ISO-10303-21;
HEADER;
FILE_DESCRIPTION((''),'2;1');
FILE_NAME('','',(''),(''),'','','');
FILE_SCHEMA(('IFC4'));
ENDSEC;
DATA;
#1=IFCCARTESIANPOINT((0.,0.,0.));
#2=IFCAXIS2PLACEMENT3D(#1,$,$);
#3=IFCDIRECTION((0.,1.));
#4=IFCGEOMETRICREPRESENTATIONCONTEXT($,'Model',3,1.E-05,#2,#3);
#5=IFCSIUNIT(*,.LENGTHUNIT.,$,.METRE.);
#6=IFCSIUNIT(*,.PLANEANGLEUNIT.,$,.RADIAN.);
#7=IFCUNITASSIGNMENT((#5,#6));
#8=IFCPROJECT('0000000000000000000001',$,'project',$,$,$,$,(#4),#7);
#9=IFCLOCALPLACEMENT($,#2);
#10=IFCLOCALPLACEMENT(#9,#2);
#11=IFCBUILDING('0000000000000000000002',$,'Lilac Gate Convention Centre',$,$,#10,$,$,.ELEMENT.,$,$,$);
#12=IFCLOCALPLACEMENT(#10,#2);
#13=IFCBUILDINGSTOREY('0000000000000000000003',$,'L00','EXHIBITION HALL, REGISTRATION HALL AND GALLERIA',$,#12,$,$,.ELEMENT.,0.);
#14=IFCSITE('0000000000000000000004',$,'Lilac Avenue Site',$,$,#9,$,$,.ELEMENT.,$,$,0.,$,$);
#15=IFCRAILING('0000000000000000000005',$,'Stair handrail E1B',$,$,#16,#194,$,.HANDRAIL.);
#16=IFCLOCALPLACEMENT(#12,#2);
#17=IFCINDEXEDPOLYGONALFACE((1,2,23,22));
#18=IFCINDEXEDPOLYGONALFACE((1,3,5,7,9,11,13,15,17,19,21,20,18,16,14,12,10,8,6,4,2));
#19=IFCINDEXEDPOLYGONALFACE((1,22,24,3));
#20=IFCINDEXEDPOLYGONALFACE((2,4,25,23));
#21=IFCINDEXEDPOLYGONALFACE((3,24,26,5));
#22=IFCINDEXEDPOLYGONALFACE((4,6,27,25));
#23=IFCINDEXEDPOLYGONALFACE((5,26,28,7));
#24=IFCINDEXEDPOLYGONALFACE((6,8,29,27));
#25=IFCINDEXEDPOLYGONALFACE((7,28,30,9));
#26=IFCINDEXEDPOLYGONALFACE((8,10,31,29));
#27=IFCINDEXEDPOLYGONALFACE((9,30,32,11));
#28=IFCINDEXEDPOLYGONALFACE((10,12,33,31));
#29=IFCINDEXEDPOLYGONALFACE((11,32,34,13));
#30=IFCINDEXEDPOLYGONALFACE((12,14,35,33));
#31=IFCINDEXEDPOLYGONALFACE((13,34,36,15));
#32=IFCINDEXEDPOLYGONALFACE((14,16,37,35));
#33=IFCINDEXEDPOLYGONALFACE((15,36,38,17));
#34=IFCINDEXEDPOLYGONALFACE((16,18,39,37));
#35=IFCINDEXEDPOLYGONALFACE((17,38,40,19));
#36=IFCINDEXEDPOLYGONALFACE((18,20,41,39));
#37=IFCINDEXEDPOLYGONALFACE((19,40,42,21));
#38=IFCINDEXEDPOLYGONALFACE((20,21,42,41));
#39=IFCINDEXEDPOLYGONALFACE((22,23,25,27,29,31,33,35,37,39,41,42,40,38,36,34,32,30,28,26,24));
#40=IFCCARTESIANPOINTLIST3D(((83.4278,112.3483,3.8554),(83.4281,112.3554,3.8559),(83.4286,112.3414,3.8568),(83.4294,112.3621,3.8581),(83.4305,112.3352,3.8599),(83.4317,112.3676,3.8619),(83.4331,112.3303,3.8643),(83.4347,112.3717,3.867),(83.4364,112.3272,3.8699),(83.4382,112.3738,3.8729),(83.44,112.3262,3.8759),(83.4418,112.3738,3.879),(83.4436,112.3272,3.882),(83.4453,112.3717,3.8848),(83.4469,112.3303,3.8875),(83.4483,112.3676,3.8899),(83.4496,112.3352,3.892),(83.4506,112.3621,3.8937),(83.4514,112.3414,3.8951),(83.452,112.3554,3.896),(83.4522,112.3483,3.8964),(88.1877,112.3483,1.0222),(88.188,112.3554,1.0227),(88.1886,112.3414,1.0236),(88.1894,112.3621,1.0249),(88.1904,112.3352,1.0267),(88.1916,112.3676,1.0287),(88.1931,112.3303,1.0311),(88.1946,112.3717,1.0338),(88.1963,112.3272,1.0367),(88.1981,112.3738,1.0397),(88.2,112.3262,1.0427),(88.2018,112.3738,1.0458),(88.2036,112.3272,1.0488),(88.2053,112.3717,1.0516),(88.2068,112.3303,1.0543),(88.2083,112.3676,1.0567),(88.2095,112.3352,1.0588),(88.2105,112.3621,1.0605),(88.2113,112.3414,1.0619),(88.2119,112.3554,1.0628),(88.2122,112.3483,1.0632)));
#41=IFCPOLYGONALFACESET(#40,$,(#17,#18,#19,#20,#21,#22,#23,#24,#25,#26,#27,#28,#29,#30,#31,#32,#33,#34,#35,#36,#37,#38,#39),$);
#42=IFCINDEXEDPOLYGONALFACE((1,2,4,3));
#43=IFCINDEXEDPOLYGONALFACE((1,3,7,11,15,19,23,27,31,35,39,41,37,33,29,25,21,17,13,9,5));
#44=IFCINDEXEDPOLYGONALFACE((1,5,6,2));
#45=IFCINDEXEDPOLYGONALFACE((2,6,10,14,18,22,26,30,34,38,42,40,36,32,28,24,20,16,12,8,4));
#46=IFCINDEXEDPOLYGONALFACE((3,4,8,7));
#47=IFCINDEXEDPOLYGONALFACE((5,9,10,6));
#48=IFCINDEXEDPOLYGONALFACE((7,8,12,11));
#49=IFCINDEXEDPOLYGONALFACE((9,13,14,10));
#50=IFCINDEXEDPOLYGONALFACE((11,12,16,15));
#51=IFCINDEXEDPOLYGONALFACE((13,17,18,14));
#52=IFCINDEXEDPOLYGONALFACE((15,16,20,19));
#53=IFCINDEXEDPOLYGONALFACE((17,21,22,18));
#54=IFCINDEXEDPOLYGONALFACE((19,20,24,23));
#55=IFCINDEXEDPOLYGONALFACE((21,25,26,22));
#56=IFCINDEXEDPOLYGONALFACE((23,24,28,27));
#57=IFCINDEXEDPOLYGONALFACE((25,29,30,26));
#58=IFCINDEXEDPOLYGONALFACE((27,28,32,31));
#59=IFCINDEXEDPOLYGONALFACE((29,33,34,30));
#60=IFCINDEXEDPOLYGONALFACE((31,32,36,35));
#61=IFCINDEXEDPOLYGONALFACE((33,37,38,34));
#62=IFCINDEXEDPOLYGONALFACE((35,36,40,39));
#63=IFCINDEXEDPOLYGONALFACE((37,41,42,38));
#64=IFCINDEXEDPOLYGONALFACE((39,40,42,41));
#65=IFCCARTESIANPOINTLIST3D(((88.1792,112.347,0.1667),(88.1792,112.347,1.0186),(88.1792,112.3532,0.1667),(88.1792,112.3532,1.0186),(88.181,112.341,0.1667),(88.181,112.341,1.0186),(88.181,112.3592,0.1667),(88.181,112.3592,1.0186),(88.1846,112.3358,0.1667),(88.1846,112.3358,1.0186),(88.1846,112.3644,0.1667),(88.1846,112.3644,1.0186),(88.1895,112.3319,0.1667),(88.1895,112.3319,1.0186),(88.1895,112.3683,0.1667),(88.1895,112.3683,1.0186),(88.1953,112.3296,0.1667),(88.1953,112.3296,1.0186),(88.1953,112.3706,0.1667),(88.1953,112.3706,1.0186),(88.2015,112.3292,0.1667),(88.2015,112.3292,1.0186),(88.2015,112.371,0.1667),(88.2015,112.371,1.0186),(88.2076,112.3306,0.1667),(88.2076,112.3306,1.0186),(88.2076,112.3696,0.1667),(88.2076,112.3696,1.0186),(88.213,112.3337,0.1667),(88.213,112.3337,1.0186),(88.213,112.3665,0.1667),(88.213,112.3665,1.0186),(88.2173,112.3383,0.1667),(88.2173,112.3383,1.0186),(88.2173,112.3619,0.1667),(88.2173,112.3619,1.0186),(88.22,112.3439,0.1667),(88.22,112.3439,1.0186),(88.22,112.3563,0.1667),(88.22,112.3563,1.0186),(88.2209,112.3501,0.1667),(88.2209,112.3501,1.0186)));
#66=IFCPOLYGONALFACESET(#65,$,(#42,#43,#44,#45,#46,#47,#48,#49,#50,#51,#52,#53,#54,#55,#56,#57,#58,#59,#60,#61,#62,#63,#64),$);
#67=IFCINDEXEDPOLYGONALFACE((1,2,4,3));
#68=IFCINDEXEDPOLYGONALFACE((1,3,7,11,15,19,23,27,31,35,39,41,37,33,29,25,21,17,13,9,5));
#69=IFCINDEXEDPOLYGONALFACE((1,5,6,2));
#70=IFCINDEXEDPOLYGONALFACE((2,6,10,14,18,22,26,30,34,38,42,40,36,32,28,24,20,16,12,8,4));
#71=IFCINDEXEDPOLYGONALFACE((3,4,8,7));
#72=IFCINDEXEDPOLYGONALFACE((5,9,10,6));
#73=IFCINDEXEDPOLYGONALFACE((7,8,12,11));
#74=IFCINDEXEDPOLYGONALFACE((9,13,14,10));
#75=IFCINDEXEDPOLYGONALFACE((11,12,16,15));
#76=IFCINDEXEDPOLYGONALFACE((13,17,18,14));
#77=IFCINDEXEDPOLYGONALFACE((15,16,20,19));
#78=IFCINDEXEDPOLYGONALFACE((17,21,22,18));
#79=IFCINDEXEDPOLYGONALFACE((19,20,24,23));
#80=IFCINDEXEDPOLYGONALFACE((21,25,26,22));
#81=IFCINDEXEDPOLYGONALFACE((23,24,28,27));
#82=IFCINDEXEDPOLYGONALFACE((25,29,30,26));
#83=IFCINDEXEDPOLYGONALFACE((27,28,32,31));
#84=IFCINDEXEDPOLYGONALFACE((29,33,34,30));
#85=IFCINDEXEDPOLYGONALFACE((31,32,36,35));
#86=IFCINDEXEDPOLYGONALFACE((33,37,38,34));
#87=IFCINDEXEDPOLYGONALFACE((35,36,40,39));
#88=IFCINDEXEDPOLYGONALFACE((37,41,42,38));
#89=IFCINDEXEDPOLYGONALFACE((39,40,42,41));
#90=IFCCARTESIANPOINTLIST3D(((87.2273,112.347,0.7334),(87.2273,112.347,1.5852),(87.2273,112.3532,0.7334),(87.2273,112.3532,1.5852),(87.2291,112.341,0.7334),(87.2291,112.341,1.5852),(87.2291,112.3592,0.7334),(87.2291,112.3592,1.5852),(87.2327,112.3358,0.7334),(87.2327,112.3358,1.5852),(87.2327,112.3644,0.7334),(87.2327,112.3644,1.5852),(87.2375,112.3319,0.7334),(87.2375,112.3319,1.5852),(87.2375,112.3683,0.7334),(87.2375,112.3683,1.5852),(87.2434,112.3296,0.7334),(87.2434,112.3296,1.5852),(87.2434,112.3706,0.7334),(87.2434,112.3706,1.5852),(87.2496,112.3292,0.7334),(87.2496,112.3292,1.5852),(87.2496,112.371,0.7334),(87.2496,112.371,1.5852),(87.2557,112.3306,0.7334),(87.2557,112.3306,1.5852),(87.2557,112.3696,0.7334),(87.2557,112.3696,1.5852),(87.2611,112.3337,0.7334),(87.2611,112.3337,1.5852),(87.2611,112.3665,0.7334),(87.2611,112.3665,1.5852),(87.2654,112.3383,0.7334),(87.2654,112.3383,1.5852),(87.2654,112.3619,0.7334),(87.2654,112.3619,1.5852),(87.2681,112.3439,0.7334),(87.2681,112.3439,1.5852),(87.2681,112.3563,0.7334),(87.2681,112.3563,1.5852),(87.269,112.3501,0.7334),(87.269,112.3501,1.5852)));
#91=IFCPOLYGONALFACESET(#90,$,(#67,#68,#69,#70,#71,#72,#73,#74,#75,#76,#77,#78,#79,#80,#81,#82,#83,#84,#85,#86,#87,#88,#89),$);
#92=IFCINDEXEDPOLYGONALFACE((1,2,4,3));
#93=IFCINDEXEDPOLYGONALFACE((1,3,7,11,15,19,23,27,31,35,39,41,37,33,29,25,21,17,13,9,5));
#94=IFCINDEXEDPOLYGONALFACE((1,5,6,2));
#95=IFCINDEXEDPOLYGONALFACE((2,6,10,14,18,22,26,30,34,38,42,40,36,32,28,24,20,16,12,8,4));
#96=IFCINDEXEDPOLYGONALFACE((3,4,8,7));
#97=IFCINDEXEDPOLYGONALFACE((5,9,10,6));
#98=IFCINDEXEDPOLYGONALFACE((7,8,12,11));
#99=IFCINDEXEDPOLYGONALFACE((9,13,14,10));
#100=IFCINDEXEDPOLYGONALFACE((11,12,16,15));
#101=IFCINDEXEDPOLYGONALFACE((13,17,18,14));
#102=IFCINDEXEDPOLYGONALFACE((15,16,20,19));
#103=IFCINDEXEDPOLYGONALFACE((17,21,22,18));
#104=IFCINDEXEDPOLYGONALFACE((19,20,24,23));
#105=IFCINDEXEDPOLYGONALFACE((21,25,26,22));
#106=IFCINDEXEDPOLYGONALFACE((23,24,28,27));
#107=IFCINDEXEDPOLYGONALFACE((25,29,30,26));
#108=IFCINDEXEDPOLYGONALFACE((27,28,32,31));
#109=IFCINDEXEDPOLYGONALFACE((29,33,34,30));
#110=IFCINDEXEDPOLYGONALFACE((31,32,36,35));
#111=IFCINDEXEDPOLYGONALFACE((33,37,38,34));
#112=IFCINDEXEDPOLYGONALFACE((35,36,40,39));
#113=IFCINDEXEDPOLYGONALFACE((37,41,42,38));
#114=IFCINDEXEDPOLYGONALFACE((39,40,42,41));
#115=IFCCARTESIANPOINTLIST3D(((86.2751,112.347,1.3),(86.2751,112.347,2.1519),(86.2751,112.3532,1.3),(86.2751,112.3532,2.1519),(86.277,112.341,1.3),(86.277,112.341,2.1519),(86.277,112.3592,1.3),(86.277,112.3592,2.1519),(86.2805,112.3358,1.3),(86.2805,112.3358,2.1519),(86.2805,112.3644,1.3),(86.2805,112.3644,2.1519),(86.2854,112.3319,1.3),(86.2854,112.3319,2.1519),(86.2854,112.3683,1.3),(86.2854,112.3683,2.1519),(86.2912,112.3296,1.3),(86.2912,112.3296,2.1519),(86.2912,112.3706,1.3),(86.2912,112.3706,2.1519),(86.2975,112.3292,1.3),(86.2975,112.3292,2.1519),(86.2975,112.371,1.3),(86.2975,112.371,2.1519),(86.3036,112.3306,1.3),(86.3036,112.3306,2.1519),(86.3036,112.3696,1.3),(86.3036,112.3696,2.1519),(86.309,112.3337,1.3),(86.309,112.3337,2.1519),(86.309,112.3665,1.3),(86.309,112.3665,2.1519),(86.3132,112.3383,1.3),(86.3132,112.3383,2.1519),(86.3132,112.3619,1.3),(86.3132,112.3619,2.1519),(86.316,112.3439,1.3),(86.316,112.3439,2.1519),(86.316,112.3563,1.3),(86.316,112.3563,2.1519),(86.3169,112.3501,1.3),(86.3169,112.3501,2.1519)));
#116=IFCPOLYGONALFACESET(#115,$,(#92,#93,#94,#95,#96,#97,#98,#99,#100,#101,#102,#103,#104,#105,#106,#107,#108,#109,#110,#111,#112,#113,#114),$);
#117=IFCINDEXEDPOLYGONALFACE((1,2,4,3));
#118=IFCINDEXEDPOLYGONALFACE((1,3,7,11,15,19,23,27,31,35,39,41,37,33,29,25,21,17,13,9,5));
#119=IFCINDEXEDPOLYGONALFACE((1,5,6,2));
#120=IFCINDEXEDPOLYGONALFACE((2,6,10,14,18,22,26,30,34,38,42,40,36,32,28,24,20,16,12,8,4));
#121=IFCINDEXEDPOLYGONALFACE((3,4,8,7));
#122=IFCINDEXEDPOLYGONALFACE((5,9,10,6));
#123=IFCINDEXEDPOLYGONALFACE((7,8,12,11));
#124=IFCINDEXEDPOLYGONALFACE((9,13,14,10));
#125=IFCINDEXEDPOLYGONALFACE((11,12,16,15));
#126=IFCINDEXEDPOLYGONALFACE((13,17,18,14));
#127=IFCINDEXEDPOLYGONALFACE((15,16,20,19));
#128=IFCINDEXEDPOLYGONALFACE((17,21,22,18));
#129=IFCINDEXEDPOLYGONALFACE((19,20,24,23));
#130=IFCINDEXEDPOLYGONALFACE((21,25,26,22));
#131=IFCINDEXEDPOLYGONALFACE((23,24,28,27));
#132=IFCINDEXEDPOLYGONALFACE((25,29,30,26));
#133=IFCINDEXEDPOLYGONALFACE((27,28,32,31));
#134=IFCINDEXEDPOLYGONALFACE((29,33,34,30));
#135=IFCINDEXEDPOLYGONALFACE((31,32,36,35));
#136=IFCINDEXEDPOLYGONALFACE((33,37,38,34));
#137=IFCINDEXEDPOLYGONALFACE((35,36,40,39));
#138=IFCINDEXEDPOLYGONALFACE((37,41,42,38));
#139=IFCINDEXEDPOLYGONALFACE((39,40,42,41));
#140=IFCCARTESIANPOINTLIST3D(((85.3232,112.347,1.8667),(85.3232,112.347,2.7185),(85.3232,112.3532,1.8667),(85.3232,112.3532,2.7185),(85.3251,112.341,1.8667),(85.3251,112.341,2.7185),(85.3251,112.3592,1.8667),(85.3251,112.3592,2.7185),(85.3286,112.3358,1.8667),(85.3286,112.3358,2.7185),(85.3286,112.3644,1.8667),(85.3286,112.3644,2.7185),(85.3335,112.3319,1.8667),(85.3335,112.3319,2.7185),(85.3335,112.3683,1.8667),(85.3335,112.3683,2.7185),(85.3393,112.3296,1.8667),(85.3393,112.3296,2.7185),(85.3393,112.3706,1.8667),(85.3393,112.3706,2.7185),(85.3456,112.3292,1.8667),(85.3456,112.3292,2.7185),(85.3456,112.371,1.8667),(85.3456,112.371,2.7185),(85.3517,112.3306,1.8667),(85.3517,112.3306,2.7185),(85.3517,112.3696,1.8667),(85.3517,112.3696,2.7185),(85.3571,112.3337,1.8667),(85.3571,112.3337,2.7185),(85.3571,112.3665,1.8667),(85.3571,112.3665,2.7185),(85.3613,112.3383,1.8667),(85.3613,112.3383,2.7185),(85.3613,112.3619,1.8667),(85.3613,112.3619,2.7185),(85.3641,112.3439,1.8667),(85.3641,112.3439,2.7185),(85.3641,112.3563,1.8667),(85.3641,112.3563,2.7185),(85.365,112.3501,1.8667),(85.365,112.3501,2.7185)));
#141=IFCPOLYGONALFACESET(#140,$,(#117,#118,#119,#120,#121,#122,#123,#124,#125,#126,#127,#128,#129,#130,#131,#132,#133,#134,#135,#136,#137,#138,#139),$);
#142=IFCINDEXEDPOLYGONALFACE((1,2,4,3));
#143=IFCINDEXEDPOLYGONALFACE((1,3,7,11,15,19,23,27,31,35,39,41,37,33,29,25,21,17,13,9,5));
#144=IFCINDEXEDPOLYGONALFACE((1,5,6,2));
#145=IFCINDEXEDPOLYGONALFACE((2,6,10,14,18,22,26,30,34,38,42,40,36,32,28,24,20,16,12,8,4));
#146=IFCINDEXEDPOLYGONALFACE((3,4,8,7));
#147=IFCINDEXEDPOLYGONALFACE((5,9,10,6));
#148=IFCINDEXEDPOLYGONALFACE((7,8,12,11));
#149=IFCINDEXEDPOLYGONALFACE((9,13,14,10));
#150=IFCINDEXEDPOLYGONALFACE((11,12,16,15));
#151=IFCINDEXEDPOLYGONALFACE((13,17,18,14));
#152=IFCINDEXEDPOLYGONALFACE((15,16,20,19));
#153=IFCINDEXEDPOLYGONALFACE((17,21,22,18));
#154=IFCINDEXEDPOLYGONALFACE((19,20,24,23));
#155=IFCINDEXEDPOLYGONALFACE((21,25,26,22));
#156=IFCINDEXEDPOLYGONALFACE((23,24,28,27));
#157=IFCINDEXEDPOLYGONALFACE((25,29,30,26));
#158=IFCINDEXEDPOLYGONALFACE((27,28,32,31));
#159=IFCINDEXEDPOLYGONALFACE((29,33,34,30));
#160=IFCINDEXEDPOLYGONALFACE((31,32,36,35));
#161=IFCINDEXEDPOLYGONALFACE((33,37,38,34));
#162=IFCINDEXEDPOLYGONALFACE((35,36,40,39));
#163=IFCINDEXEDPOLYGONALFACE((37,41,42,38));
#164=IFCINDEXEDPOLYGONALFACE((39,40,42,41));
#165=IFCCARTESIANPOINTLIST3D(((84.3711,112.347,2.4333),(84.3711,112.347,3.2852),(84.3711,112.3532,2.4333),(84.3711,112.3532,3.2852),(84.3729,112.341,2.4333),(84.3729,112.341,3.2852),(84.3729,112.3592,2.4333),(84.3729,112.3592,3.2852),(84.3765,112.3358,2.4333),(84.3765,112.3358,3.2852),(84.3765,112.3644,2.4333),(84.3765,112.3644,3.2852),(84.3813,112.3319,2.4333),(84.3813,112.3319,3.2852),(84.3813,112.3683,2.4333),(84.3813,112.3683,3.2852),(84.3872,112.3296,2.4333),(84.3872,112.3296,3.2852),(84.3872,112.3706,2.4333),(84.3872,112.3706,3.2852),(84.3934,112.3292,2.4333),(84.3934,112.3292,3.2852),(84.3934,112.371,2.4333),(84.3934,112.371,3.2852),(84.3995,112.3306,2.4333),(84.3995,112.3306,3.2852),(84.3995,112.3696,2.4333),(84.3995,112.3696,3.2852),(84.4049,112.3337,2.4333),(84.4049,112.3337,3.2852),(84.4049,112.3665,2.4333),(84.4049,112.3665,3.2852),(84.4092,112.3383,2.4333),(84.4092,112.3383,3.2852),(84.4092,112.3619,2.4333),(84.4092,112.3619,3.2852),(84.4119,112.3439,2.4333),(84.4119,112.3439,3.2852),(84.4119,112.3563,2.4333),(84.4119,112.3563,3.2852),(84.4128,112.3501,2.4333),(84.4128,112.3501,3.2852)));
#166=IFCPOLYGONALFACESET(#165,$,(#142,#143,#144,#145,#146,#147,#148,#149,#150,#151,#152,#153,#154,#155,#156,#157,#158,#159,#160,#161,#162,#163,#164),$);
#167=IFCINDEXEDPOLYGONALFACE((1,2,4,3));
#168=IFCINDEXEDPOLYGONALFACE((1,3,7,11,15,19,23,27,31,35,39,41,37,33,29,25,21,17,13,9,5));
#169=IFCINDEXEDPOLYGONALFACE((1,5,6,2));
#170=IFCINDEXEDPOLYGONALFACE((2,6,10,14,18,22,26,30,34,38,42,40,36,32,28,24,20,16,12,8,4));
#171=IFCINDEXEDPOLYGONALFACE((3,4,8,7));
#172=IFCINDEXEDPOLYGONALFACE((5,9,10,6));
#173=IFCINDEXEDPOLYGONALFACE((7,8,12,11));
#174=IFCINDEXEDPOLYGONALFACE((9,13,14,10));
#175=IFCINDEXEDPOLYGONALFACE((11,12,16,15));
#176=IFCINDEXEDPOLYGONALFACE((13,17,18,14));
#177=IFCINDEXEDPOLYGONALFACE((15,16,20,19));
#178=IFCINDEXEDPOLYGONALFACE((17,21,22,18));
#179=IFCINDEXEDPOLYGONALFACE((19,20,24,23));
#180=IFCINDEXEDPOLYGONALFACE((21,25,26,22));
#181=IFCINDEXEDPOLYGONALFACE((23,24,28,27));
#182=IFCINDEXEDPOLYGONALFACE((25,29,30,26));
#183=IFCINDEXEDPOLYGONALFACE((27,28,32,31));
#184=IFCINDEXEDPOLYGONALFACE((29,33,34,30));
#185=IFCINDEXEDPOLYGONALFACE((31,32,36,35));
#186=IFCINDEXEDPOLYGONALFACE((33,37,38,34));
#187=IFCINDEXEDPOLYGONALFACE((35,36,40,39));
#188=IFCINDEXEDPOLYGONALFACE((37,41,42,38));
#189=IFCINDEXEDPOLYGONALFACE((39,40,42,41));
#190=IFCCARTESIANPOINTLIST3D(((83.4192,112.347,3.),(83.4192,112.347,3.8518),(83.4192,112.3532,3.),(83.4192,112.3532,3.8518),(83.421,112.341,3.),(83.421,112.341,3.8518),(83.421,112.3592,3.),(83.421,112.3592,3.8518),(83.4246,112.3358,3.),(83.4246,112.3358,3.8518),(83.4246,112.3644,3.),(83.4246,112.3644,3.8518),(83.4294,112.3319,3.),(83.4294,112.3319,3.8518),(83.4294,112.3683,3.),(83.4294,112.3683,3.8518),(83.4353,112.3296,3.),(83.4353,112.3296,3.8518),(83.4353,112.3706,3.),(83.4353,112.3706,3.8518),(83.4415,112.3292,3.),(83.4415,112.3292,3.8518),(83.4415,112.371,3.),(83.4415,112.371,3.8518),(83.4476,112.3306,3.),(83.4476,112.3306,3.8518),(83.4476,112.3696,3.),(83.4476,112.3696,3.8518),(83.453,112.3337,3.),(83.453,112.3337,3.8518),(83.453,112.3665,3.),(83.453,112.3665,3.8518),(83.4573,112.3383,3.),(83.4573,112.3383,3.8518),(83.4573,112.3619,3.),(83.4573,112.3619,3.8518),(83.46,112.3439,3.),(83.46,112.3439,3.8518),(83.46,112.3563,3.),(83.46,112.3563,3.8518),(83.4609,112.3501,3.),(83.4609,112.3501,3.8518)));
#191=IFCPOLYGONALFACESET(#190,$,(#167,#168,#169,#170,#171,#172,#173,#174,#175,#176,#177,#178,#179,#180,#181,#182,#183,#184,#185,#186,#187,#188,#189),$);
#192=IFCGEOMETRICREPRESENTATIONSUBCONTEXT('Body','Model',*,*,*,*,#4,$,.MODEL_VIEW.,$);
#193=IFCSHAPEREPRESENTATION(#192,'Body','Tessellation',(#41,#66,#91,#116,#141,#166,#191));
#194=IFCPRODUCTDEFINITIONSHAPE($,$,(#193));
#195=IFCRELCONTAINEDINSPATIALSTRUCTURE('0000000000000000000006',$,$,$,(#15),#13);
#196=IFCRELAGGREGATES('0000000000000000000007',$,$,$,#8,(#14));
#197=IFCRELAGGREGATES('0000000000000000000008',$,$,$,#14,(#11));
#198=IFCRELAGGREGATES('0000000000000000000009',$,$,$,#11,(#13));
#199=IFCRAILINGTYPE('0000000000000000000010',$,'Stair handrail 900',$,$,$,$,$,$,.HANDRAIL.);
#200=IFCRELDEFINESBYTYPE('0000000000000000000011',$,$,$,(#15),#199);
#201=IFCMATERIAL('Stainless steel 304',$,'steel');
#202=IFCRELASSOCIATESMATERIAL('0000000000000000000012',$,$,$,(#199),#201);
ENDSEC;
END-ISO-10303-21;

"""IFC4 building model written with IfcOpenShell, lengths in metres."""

from ifc_helpers import new_model, si_unit, direction, frame, origin, origin_2d, place, context, subcontext, project, spatial, circle, extrude, material, type_object, element, save


model = new_model("IFC4")

# Units and contexts
model_context = context("Model", 3, precision=1e-05, world=origin(), true_north=direction((0.0, 1.0)))
body_context = subcontext(model_context, "Body", "Model", "MODEL_VIEW")
ifc_project = project(units=[si_unit("LENGTHUNIT", "METRE"), si_unit("PLANEANGLEUNIT", "RADIAN")], contexts=[model_context])

# Site, building, storey
site_placement = place(None, origin())
site = spatial("IfcSite", under=ifc_project, at=site_placement, Name="Lilac Avenue Site", CompositionType="ELEMENT", RefElevation=0.0)
building_placement = place(site_placement, origin())
building = spatial("IfcBuilding", under=site, at=building_placement, Name="Lilac Gate Convention Centre", CompositionType="ELEMENT")
storey_placement = place(building_placement, origin())
storey = spatial("IfcBuildingStorey", under=building, at=storey_placement, Name="L00", Description="EXHIBITION HALL, REGISTRATION HALL AND GALLERIA", CompositionType="ELEMENT", Elevation=0.0)

# Railing
ifc_material_1 = material(Name="Stainless steel 304", Category="steel")
railing_type_1 = type_object("IfcRailingType", Name="Stair handrail 900", PredefinedType="HANDRAIL", material=ifc_material_1)
for number, where, name in (
    (1, (88.2, 112.3501, 0.1667), "Stair handrail E1B"),
):
    element("IfcRailing", number, at=place(storey_placement, frame(where)), inside=storey, type_object=railing_type_1, Name=name, PredefinedType="HANDRAIL", context=body_context, shape_type="SweptSolid", body=[
        extrude(circle(Radius=0.0239, at=origin_2d()), frame((0.0, 0.0, 0.876), z_axis=(-0.8593, 0.0, 0.511472), x_axis=(0.0, -1.0, 0.0)), (0.0, 0.0, 1.0), 5.5393),
        extrude(circle(Radius=0.021, at=origin_2d()), origin(), (0.0, 0.0, 1.0), 0.8518),
        extrude(circle(Radius=0.021, at=origin_2d()), frame((-0.9519, 0.0, 0.5667)), (0.0, 0.0, 1.0), 0.8518),
        extrude(circle(Radius=0.021, at=origin_2d()), frame((-1.9041, 0.0, 1.1333)), (0.0, 0.0, 1.0), 0.8518),
        extrude(circle(Radius=0.021, at=origin_2d()), frame((-2.856, 0.0, 1.7)), (0.0, 0.0, 1.0), 0.8518),
        extrude(circle(Radius=0.021, at=origin_2d()), frame((-3.8081, 0.0, 2.2666)), (0.0, 0.0, 1.0), 0.8518),
        extrude(circle(Radius=0.021, at=origin_2d()), frame((-4.76, 0.0, 2.8333)), (0.0, 0.0, 1.0), 0.8518),
    ])

save(model, "model.ifc")
